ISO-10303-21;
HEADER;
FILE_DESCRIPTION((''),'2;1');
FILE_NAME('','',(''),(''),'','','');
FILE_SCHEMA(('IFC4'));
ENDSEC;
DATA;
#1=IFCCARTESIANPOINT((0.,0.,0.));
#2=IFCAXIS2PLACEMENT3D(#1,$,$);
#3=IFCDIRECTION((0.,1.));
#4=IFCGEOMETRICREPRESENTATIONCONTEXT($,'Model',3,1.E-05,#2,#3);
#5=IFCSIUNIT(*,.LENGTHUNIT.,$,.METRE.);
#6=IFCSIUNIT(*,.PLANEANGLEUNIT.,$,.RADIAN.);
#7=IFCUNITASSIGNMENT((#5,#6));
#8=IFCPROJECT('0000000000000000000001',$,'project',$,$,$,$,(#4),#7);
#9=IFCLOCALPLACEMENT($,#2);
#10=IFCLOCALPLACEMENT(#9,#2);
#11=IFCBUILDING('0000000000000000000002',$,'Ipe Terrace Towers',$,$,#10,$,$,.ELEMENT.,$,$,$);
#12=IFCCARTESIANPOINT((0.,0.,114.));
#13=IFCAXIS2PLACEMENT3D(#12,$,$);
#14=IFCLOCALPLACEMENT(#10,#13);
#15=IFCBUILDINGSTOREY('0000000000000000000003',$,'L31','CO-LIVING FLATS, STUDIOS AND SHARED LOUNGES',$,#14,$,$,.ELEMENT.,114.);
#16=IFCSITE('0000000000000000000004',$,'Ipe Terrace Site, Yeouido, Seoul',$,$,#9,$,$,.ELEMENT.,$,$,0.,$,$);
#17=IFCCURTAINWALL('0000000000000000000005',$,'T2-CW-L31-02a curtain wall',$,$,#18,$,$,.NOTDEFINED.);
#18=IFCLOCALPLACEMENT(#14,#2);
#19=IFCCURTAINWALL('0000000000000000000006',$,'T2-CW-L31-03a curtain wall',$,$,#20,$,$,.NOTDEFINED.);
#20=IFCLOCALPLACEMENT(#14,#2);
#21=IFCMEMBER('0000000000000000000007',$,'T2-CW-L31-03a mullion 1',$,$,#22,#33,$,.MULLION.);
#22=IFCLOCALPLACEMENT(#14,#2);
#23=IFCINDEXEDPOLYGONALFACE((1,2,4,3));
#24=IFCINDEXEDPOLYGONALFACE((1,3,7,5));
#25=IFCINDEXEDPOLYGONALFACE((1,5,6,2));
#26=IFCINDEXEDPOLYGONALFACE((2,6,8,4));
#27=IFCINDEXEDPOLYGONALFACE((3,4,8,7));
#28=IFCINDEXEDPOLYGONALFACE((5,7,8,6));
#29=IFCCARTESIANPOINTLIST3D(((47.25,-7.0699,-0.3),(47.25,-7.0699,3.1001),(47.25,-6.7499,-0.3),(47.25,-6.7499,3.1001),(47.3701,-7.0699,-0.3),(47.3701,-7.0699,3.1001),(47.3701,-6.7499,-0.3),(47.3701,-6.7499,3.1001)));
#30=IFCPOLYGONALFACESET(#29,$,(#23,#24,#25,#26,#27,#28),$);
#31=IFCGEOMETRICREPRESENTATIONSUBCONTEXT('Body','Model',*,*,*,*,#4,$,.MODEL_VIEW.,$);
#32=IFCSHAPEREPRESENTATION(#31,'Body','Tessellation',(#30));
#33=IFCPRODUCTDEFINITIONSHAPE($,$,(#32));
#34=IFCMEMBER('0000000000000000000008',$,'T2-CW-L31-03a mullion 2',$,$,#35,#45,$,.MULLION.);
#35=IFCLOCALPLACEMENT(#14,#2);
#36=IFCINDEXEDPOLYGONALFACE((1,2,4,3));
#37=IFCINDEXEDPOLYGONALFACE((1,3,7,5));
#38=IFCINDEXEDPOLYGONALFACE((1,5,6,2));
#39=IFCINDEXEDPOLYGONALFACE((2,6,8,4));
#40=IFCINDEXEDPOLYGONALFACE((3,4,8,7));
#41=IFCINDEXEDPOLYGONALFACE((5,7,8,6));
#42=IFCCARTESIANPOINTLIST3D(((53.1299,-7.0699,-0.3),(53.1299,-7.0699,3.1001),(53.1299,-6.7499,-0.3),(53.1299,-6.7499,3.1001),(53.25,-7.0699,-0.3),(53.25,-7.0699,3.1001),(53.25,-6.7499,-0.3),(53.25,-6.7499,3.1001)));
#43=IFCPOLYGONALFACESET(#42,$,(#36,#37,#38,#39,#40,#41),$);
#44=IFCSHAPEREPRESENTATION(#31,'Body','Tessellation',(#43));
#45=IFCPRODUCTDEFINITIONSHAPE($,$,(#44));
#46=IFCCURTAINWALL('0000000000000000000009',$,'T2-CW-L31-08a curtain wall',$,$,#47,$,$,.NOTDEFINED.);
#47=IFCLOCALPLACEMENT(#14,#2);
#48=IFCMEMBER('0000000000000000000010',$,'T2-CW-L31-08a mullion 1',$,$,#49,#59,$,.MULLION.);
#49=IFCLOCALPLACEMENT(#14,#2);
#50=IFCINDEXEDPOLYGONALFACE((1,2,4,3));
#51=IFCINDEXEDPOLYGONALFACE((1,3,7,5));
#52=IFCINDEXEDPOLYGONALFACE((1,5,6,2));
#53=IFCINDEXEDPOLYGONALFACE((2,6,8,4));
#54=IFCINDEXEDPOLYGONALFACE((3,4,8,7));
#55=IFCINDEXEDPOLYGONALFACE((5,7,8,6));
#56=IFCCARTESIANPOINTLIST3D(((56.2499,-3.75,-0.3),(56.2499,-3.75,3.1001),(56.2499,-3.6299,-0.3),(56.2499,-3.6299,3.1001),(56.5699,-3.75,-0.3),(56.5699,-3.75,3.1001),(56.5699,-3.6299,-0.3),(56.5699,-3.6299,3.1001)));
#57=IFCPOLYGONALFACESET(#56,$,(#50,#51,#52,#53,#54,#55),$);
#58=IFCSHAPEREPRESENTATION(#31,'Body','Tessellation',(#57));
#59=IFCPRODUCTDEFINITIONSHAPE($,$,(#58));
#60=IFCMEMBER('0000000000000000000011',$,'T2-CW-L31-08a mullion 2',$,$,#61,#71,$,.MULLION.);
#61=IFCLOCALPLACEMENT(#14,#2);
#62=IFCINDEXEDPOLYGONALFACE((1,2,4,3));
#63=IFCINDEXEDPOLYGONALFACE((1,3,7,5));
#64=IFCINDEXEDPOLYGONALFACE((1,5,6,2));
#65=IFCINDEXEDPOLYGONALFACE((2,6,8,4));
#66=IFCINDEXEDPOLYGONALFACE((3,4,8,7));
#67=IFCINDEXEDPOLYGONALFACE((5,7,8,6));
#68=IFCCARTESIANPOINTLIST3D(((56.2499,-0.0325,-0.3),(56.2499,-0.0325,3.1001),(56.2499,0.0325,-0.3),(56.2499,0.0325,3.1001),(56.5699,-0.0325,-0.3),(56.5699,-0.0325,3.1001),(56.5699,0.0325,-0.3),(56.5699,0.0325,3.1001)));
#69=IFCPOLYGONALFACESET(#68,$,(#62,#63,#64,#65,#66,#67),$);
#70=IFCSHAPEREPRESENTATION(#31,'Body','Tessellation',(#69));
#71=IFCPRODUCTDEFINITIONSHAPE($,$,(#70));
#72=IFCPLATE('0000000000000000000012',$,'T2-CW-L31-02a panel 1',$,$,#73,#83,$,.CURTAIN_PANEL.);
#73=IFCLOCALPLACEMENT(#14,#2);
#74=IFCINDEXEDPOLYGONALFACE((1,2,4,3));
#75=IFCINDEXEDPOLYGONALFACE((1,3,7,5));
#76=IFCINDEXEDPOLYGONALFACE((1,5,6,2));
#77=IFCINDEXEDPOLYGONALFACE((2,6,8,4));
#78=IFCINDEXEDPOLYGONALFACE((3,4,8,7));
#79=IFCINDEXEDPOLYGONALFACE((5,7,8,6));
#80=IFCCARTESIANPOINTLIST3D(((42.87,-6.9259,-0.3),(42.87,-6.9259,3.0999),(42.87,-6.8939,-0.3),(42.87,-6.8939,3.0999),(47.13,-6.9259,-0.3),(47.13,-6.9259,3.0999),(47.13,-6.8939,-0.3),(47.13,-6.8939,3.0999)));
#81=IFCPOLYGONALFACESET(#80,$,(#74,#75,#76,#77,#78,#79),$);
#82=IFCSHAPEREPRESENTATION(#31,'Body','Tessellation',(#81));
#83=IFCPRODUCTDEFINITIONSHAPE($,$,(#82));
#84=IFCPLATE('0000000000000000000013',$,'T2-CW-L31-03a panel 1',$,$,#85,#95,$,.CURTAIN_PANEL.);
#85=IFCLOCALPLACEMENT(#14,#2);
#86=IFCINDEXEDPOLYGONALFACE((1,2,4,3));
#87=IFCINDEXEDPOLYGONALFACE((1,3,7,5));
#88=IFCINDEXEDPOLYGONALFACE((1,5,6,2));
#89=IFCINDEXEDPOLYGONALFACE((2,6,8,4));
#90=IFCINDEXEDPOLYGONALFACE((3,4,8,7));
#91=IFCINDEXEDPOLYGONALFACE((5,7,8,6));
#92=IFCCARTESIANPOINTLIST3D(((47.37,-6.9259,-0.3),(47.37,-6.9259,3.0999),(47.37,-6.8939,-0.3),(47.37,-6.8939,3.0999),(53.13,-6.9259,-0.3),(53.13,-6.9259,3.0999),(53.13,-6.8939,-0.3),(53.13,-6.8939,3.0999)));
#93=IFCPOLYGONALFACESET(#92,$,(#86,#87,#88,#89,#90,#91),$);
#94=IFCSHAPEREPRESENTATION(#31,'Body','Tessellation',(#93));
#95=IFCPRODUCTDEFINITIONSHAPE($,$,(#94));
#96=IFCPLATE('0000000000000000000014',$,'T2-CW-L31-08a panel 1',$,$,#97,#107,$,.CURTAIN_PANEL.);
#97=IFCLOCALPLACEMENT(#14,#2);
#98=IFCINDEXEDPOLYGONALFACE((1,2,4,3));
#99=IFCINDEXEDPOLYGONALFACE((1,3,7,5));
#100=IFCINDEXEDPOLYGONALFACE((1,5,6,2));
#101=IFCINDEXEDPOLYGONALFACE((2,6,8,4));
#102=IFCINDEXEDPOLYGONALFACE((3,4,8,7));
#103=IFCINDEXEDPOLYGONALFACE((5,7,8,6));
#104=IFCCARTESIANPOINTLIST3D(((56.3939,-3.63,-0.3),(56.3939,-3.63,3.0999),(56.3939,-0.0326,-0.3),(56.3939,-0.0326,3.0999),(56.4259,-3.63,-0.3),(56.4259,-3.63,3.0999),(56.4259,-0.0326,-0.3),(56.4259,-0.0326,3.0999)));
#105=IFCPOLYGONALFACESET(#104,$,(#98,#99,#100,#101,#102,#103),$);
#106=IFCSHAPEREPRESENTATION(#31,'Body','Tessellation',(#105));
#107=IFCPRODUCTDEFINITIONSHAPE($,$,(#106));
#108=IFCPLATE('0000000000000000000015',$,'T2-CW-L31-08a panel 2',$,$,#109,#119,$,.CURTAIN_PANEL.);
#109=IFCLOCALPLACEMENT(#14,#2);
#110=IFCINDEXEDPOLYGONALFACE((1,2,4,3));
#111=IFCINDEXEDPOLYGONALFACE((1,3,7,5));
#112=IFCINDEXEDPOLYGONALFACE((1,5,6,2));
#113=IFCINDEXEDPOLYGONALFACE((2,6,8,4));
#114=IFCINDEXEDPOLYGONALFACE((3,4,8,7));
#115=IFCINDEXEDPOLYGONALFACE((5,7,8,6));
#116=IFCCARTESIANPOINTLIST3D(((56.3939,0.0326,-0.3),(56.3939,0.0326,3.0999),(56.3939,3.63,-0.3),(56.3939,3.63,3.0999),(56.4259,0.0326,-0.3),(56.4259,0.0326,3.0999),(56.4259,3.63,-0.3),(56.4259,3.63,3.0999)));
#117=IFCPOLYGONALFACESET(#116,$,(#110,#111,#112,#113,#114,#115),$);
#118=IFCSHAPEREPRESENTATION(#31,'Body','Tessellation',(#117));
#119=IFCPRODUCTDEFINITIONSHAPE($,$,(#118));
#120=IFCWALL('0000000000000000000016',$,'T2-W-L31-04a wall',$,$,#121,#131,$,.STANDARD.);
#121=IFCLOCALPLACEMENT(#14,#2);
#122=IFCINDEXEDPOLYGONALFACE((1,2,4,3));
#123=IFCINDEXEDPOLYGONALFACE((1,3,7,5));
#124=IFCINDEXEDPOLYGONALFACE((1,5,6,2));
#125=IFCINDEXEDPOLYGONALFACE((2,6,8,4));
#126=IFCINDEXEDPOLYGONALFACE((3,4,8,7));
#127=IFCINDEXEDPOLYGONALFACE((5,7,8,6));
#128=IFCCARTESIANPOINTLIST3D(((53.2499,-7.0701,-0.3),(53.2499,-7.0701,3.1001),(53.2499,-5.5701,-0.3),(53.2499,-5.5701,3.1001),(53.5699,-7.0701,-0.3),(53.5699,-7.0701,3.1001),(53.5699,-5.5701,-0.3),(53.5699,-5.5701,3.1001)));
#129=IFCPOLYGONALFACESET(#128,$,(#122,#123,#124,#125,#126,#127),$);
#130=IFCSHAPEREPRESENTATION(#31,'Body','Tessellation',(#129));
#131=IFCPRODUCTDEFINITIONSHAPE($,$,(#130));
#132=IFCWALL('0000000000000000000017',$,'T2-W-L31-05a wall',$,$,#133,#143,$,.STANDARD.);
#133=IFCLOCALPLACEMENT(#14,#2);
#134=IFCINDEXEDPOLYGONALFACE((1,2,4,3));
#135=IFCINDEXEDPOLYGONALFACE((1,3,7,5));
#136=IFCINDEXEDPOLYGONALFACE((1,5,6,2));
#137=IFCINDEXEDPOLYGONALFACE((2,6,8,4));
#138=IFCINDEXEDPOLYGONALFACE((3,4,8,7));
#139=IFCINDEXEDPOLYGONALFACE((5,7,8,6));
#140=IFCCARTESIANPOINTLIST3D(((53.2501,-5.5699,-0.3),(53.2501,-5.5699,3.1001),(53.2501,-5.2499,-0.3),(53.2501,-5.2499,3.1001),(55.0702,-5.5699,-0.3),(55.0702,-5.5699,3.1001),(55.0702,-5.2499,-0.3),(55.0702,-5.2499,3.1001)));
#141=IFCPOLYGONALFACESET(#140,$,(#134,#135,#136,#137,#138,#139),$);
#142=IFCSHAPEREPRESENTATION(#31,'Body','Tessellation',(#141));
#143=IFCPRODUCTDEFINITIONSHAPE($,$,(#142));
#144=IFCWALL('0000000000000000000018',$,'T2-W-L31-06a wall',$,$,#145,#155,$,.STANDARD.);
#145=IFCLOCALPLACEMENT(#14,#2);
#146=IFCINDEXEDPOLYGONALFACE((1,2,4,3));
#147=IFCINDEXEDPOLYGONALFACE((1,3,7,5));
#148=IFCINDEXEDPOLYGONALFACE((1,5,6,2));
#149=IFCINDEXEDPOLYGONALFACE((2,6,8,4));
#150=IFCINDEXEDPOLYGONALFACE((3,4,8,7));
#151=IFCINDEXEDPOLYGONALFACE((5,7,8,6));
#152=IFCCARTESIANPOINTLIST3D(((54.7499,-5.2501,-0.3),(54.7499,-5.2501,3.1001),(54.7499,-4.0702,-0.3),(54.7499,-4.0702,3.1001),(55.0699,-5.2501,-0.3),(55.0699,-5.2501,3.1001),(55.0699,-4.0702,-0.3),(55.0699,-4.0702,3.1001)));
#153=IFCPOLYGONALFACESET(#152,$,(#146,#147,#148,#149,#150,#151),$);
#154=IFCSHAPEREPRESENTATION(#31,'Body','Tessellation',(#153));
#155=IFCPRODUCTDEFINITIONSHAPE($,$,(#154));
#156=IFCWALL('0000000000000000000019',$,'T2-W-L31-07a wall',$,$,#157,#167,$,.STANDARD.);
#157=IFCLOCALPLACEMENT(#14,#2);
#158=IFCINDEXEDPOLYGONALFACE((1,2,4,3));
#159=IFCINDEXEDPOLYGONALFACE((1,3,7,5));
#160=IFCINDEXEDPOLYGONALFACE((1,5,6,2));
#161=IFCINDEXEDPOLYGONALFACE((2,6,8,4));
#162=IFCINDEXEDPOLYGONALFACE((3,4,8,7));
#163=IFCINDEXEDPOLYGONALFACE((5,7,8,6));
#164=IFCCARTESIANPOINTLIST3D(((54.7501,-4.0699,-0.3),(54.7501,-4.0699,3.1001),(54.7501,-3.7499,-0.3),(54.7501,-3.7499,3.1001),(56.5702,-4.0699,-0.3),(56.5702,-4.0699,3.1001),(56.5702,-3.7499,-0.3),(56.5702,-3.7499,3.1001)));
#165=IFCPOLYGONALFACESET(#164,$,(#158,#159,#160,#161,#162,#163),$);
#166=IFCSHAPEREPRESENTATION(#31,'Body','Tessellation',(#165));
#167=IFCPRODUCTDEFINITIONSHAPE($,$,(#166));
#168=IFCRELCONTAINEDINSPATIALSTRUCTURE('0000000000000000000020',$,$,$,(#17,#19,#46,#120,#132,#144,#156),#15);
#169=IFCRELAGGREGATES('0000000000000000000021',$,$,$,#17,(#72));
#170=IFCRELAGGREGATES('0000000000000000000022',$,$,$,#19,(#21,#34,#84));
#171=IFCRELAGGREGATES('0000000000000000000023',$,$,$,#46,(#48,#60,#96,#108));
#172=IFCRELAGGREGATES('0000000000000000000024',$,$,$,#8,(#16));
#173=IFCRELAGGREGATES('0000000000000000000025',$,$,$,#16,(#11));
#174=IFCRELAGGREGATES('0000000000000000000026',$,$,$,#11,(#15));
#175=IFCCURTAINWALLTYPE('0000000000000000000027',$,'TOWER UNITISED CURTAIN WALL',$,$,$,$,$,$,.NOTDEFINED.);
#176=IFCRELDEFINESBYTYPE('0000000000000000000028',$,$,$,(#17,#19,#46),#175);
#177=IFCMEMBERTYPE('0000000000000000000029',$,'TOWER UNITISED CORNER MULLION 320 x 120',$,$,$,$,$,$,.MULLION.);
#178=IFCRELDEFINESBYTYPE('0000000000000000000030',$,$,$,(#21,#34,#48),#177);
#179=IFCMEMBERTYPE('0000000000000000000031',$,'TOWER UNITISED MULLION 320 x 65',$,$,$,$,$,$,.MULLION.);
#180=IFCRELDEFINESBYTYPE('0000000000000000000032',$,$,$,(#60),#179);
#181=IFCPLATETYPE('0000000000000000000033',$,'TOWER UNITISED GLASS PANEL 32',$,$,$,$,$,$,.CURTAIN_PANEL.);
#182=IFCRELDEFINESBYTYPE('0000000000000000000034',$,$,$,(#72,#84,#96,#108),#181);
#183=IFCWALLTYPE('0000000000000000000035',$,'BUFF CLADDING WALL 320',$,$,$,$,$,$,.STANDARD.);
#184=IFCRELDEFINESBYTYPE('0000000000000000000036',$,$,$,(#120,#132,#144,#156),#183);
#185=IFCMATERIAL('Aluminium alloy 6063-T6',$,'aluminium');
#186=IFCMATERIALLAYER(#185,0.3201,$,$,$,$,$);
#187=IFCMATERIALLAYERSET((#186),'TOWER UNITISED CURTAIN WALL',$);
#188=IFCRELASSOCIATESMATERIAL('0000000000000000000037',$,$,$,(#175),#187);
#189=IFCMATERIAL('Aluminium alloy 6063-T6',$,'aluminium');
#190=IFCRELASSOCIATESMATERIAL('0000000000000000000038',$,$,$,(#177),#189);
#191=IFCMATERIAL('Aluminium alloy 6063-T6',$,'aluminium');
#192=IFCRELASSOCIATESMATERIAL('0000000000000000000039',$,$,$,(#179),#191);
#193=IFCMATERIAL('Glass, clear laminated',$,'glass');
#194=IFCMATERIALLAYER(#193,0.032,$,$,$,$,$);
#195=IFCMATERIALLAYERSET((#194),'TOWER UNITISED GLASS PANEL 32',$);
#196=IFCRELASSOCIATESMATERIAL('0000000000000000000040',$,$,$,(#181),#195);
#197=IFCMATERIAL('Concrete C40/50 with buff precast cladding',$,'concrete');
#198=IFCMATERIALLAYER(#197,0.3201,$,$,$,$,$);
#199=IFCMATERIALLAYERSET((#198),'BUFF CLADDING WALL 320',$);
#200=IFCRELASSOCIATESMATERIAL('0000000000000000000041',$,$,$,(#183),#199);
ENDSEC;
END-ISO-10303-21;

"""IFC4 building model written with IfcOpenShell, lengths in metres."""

from ifc_helpers import new_model, si_unit, direction, frame, frame_2d, origin, origin_2d, place, context, subcontext, project, spatial, rectangle, extrude, material, layer, layer_set, material_profile, profile_set, type_object, element, aggregate, save


model = new_model("IFC4")

# Units and contexts
model_context = context("Model", 3, precision=1e-05, world=origin(), true_north=direction((0.0, 1.0)))
body_context = subcontext(model_context, "Body", "Model", "MODEL_VIEW")
ifc_project = project(units=[si_unit("LENGTHUNIT", "METRE"), si_unit("PLANEANGLEUNIT", "RADIAN")], contexts=[model_context])

# Site, building, storey
site_placement = place(None, origin())
site = spatial("IfcSite", under=ifc_project, at=site_placement, Name="Ipe Terrace Site, Yeouido, Seoul", CompositionType="ELEMENT", RefElevation=0.0)
building_placement = place(site_placement, origin())
building = spatial("IfcBuilding", under=site, at=building_placement, Name="Ipe Terrace Towers", CompositionType="ELEMENT")
storey_placement = place(building_placement, frame((0.0, 0.0, 114.0)))
storey = spatial("IfcBuildingStorey", under=building, at=storey_placement, Name="L31", Description="CO-LIVING FLATS, STUDIOS AND SHARED LOUNGES", CompositionType="ELEMENT", Elevation=114.0)

# Curtain wall
ifc_material_1 = material(Name="Aluminium alloy 6063-T6", Category="aluminium")
ifc_layer_1 = layer(ifc_material_1, 0.3201)
ifc_layer_set_1 = layer_set([ifc_layer_1], Name="TOWER UNITISED CURTAIN WALL")
curtain_wall_type = type_object("IfcCurtainWallType", Name="TOWER UNITISED CURTAIN WALL", PredefinedType="NOTDEFINED", material=ifc_layer_set_1)
curtain_wall_1_placement = place(storey_placement, origin())
curtain_wall_1 = element("IfcCurtainWall", 1, at=curtain_wall_1_placement, inside=storey, type_object=curtain_wall_type, Name="T2-CW-L31-02a curtain wall", PredefinedType="NOTDEFINED")
ifc_material_2 = material(Name="Aluminium alloy 6063-T6", Category="aluminium")
ifc_material_profile_1 = material_profile(ifc_material_2, rectangle(XDim=0.3201, YDim=0.1201, at=origin_2d()), Name="TOWER UNITISED CORNER MULLION 320 x 120")
ifc_profile_set_1 = profile_set([ifc_material_profile_1], Name="Aluminium alloy 6063-T6")
member_type_1 = type_object("IfcMemberType", Name="TOWER UNITISED CORNER MULLION 320 x 120", PredefinedType="MULLION", material=ifc_profile_set_1)

# Curtain walls, members
curtain_wall_2_placement = place(storey_placement, origin())
curtain_wall_2 = element("IfcCurtainWall", 2, at=curtain_wall_2_placement, inside=storey, type_object=curtain_wall_type, Name="T2-CW-L31-03a curtain wall", PredefinedType="NOTDEFINED")
member_1_placement = place(storey_placement, frame((47.3101, -6.9099, -0.3), z_axis=(0.0, 0.0, 1.0), x_axis=(0.0, -1.0, 0.0)))
member_1 = element("IfcMember", 3, at=member_1_placement, type_object=member_type_1, Name="T2-CW-L31-03a mullion 1", PredefinedType="MULLION", context=body_context, shape_type="SweptSolid", body=[
    extrude(rectangle(XDim=0.3201, YDim=0.1201, at=origin_2d()), origin(), (0.0, 0.0, 1.0), 3.4001),
])
member_2_placement = place(storey_placement, frame((53.1899, -6.9099, -0.3), z_axis=(0.0, 0.0, 1.0), x_axis=(0.0, -1.0, 0.0)))
member_2 = element("IfcMember", 4, at=member_2_placement, type_object=member_type_1, Name="T2-CW-L31-03a mullion 2", PredefinedType="MULLION", context=body_context, shape_type="SweptSolid", body=[
    extrude(rectangle(XDim=0.3201, YDim=0.1201, at=origin_2d()), origin(), (0.0, 0.0, 1.0), 3.4001),
])
curtain_wall_3_placement = place(storey_placement, origin())
curtain_wall_3 = element("IfcCurtainWall", 5, at=curtain_wall_3_placement, inside=storey, type_object=curtain_wall_type, Name="T2-CW-L31-08a curtain wall", PredefinedType="NOTDEFINED")
member_3_placement = place(storey_placement, frame((56.4099, -3.6899, -0.3), z_axis=(0.0, 0.0, 1.0), x_axis=(1.0, 0.0, 0.0)))
member_3 = element("IfcMember", 6, at=member_3_placement, type_object=member_type_1, Name="T2-CW-L31-08a mullion 1", PredefinedType="MULLION", context=body_context, shape_type="SweptSolid", body=[
    extrude(rectangle(XDim=0.3201, YDim=0.1201, at=origin_2d()), origin(), (0.0, 0.0, 1.0), 3.4001),
])
ifc_material_3 = material(Name="Aluminium alloy 6063-T6", Category="aluminium")
ifc_material_profile_2 = material_profile(ifc_material_3, rectangle(XDim=0.3201, YDim=0.0649, at=origin_2d()), Name="TOWER UNITISED MULLION 320 x 65")
ifc_profile_set_2 = profile_set([ifc_material_profile_2], Name="Aluminium alloy 6063-T6")
member_type_2 = type_object("IfcMemberType", Name="TOWER UNITISED MULLION 320 x 65", PredefinedType="MULLION", material=ifc_profile_set_2)
member_4_placement = place(storey_placement, frame((56.4099, 0.0, -0.3), z_axis=(0.0, 0.0, 1.0), x_axis=(1.0, 0.0, 0.0)))
member_4 = element("IfcMember", 7, at=member_4_placement, type_object=member_type_2, Name="T2-CW-L31-08a mullion 2", PredefinedType="MULLION", context=body_context, shape_type="SweptSolid", body=[
    extrude(rectangle(XDim=0.3201, YDim=0.0649, at=origin_2d()), origin(), (0.0, 0.0, 1.0), 3.4001),
])

# Plates
ifc_material_4 = material(Name="Glass, clear laminated", Category="glass")
ifc_layer_2 = layer(ifc_material_4, 0.032)
ifc_layer_set_2 = layer_set([ifc_layer_2], Name="TOWER UNITISED GLASS PANEL 32")
plate_type = type_object("IfcPlateType", Name="TOWER UNITISED GLASS PANEL 32", PredefinedType="CURTAIN_PANEL", material=ifc_layer_set_2)
plate_1_placement = place(storey_placement, frame((45.0, -6.9099, -0.3), z_axis=(0.0, 0.0, 1.0), x_axis=(1.0, 0.0, 0.0)))
plate_1 = element("IfcPlate", 8, at=plate_1_placement, type_object=plate_type, Name="T2-CW-L31-02a panel 1", PredefinedType="CURTAIN_PANEL", context=body_context, shape_type="SweptSolid", body=[
    extrude(rectangle(XDim=4.26, YDim=0.032, at=origin_2d()), origin(), (0.0, 0.0, 1.0), 3.3999),
])
aggregate(curtain_wall_1, [plate_1])
plate_2_placement = place(storey_placement, frame((50.25, -6.9099, -0.3), z_axis=(0.0, 0.0, 1.0), x_axis=(1.0, 0.0, 0.0)))
plate_2 = element("IfcPlate", 9, at=plate_2_placement, type_object=plate_type, Name="T2-CW-L31-03a panel 1", PredefinedType="CURTAIN_PANEL", context=body_context, shape_type="SweptSolid", body=[
    extrude(rectangle(XDim=5.76, YDim=0.032, at=origin_2d()), origin(), (0.0, 0.0, 1.0), 3.3999),
])
aggregate(curtain_wall_2, [member_1, member_2, plate_2])
plate_3_placement = place(storey_placement, frame((56.4099, -1.8313, -0.3), z_axis=(0.0, 0.0, 1.0), x_axis=(0.0, 1.0, 0.0)))
plate_3 = element("IfcPlate", 10, at=plate_3_placement, type_object=plate_type, Name="T2-CW-L31-08a panel 1", PredefinedType="CURTAIN_PANEL", context=body_context, shape_type="SweptSolid", body=[
    extrude(rectangle(XDim=3.5974, YDim=0.032, at=origin_2d()), origin(), (0.0, 0.0, 1.0), 3.3999),
])
plate_4_placement = place(storey_placement, frame((56.4099, 1.8313, -0.3), z_axis=(0.0, 0.0, 1.0), x_axis=(0.0, 1.0, 0.0)))
plate_4 = element("IfcPlate", 11, at=plate_4_placement, type_object=plate_type, Name="T2-CW-L31-08a panel 2", PredefinedType="CURTAIN_PANEL", context=body_context, shape_type="SweptSolid", body=[
    extrude(rectangle(XDim=3.5974, YDim=0.032, at=origin_2d()), origin(), (0.0, 0.0, 1.0), 3.3999),
])
aggregate(curtain_wall_3, [member_3, member_4, plate_3, plate_4])

# Walls
ifc_material_5 = material(Name="Concrete C40/50 with buff precast cladding", Category="concrete")
ifc_layer_3 = layer(ifc_material_5, 0.3201)
ifc_layer_set_3 = layer_set([ifc_layer_3], Name="BUFF CLADDING WALL 320")
wall_type_1 = type_object("IfcWallType", Name="BUFF CLADDING WALL 320", PredefinedType="STANDARD", material=ifc_layer_set_3)
wall_1_placement = place(storey_placement, frame((53.4099, -7.0701, -0.3), z_axis=(0.0, 0.0, 1.0), x_axis=(0.0, 1.0, 0.0)))
element("IfcWall", 12, at=wall_1_placement, inside=storey, type_object=wall_type_1, Name="T2-W-L31-04a wall", PredefinedType="STANDARD", context=body_context, shape_type="SweptSolid", body=[
    extrude(rectangle(XDim=1.5, YDim=0.3201, at=frame_2d((0.75, 0.0))), origin(), (0.0, 0.0, 1.0), 3.4001),
])
wall_2_placement = place(storey_placement, frame((53.25, -5.4099, -0.3), z_axis=(0.0, 0.0, 1.0), x_axis=(1.0, 0.0, 0.0)))
element("IfcWall", 13, at=wall_2_placement, inside=storey, type_object=wall_type_1, Name="T2-W-L31-05a wall", PredefinedType="STANDARD", context=body_context, shape_type="SweptSolid", body=[
    extrude(rectangle(XDim=1.8201, YDim=0.3201, at=frame_2d((0.9102, 0.0))), origin(), (0.0, 0.0, 1.0), 3.4001),
])
wall_3_placement = place(storey_placement, frame((54.9099, -5.25, -0.3), z_axis=(0.0, 0.0, 1.0), x_axis=(0.0, 1.0, 0.0)))
element("IfcWall", 14, at=wall_3_placement, inside=storey, type_object=wall_type_1, Name="T2-W-L31-06a wall", PredefinedType="STANDARD", context=body_context, shape_type="SweptSolid", body=[
    extrude(rectangle(XDim=1.1799, YDim=0.3201, at=frame_2d((0.5898, 0.0))), origin(), (0.0, 0.0, 1.0), 3.4001),
])
wall_4_placement = place(storey_placement, frame((54.75, -3.9099, -0.3), z_axis=(0.0, 0.0, 1.0), x_axis=(1.0, 0.0, 0.0)))
element("IfcWall", 15, at=wall_4_placement, inside=storey, type_object=wall_type_1, Name="T2-W-L31-07a wall", PredefinedType="STANDARD", context=body_context, shape_type="SweptSolid", body=[
    extrude(rectangle(XDim=1.8201, YDim=0.3201, at=frame_2d((0.9102, 0.0))), origin(), (0.0, 0.0, 1.0), 3.4001),
])

save(model, "model.ifc")
